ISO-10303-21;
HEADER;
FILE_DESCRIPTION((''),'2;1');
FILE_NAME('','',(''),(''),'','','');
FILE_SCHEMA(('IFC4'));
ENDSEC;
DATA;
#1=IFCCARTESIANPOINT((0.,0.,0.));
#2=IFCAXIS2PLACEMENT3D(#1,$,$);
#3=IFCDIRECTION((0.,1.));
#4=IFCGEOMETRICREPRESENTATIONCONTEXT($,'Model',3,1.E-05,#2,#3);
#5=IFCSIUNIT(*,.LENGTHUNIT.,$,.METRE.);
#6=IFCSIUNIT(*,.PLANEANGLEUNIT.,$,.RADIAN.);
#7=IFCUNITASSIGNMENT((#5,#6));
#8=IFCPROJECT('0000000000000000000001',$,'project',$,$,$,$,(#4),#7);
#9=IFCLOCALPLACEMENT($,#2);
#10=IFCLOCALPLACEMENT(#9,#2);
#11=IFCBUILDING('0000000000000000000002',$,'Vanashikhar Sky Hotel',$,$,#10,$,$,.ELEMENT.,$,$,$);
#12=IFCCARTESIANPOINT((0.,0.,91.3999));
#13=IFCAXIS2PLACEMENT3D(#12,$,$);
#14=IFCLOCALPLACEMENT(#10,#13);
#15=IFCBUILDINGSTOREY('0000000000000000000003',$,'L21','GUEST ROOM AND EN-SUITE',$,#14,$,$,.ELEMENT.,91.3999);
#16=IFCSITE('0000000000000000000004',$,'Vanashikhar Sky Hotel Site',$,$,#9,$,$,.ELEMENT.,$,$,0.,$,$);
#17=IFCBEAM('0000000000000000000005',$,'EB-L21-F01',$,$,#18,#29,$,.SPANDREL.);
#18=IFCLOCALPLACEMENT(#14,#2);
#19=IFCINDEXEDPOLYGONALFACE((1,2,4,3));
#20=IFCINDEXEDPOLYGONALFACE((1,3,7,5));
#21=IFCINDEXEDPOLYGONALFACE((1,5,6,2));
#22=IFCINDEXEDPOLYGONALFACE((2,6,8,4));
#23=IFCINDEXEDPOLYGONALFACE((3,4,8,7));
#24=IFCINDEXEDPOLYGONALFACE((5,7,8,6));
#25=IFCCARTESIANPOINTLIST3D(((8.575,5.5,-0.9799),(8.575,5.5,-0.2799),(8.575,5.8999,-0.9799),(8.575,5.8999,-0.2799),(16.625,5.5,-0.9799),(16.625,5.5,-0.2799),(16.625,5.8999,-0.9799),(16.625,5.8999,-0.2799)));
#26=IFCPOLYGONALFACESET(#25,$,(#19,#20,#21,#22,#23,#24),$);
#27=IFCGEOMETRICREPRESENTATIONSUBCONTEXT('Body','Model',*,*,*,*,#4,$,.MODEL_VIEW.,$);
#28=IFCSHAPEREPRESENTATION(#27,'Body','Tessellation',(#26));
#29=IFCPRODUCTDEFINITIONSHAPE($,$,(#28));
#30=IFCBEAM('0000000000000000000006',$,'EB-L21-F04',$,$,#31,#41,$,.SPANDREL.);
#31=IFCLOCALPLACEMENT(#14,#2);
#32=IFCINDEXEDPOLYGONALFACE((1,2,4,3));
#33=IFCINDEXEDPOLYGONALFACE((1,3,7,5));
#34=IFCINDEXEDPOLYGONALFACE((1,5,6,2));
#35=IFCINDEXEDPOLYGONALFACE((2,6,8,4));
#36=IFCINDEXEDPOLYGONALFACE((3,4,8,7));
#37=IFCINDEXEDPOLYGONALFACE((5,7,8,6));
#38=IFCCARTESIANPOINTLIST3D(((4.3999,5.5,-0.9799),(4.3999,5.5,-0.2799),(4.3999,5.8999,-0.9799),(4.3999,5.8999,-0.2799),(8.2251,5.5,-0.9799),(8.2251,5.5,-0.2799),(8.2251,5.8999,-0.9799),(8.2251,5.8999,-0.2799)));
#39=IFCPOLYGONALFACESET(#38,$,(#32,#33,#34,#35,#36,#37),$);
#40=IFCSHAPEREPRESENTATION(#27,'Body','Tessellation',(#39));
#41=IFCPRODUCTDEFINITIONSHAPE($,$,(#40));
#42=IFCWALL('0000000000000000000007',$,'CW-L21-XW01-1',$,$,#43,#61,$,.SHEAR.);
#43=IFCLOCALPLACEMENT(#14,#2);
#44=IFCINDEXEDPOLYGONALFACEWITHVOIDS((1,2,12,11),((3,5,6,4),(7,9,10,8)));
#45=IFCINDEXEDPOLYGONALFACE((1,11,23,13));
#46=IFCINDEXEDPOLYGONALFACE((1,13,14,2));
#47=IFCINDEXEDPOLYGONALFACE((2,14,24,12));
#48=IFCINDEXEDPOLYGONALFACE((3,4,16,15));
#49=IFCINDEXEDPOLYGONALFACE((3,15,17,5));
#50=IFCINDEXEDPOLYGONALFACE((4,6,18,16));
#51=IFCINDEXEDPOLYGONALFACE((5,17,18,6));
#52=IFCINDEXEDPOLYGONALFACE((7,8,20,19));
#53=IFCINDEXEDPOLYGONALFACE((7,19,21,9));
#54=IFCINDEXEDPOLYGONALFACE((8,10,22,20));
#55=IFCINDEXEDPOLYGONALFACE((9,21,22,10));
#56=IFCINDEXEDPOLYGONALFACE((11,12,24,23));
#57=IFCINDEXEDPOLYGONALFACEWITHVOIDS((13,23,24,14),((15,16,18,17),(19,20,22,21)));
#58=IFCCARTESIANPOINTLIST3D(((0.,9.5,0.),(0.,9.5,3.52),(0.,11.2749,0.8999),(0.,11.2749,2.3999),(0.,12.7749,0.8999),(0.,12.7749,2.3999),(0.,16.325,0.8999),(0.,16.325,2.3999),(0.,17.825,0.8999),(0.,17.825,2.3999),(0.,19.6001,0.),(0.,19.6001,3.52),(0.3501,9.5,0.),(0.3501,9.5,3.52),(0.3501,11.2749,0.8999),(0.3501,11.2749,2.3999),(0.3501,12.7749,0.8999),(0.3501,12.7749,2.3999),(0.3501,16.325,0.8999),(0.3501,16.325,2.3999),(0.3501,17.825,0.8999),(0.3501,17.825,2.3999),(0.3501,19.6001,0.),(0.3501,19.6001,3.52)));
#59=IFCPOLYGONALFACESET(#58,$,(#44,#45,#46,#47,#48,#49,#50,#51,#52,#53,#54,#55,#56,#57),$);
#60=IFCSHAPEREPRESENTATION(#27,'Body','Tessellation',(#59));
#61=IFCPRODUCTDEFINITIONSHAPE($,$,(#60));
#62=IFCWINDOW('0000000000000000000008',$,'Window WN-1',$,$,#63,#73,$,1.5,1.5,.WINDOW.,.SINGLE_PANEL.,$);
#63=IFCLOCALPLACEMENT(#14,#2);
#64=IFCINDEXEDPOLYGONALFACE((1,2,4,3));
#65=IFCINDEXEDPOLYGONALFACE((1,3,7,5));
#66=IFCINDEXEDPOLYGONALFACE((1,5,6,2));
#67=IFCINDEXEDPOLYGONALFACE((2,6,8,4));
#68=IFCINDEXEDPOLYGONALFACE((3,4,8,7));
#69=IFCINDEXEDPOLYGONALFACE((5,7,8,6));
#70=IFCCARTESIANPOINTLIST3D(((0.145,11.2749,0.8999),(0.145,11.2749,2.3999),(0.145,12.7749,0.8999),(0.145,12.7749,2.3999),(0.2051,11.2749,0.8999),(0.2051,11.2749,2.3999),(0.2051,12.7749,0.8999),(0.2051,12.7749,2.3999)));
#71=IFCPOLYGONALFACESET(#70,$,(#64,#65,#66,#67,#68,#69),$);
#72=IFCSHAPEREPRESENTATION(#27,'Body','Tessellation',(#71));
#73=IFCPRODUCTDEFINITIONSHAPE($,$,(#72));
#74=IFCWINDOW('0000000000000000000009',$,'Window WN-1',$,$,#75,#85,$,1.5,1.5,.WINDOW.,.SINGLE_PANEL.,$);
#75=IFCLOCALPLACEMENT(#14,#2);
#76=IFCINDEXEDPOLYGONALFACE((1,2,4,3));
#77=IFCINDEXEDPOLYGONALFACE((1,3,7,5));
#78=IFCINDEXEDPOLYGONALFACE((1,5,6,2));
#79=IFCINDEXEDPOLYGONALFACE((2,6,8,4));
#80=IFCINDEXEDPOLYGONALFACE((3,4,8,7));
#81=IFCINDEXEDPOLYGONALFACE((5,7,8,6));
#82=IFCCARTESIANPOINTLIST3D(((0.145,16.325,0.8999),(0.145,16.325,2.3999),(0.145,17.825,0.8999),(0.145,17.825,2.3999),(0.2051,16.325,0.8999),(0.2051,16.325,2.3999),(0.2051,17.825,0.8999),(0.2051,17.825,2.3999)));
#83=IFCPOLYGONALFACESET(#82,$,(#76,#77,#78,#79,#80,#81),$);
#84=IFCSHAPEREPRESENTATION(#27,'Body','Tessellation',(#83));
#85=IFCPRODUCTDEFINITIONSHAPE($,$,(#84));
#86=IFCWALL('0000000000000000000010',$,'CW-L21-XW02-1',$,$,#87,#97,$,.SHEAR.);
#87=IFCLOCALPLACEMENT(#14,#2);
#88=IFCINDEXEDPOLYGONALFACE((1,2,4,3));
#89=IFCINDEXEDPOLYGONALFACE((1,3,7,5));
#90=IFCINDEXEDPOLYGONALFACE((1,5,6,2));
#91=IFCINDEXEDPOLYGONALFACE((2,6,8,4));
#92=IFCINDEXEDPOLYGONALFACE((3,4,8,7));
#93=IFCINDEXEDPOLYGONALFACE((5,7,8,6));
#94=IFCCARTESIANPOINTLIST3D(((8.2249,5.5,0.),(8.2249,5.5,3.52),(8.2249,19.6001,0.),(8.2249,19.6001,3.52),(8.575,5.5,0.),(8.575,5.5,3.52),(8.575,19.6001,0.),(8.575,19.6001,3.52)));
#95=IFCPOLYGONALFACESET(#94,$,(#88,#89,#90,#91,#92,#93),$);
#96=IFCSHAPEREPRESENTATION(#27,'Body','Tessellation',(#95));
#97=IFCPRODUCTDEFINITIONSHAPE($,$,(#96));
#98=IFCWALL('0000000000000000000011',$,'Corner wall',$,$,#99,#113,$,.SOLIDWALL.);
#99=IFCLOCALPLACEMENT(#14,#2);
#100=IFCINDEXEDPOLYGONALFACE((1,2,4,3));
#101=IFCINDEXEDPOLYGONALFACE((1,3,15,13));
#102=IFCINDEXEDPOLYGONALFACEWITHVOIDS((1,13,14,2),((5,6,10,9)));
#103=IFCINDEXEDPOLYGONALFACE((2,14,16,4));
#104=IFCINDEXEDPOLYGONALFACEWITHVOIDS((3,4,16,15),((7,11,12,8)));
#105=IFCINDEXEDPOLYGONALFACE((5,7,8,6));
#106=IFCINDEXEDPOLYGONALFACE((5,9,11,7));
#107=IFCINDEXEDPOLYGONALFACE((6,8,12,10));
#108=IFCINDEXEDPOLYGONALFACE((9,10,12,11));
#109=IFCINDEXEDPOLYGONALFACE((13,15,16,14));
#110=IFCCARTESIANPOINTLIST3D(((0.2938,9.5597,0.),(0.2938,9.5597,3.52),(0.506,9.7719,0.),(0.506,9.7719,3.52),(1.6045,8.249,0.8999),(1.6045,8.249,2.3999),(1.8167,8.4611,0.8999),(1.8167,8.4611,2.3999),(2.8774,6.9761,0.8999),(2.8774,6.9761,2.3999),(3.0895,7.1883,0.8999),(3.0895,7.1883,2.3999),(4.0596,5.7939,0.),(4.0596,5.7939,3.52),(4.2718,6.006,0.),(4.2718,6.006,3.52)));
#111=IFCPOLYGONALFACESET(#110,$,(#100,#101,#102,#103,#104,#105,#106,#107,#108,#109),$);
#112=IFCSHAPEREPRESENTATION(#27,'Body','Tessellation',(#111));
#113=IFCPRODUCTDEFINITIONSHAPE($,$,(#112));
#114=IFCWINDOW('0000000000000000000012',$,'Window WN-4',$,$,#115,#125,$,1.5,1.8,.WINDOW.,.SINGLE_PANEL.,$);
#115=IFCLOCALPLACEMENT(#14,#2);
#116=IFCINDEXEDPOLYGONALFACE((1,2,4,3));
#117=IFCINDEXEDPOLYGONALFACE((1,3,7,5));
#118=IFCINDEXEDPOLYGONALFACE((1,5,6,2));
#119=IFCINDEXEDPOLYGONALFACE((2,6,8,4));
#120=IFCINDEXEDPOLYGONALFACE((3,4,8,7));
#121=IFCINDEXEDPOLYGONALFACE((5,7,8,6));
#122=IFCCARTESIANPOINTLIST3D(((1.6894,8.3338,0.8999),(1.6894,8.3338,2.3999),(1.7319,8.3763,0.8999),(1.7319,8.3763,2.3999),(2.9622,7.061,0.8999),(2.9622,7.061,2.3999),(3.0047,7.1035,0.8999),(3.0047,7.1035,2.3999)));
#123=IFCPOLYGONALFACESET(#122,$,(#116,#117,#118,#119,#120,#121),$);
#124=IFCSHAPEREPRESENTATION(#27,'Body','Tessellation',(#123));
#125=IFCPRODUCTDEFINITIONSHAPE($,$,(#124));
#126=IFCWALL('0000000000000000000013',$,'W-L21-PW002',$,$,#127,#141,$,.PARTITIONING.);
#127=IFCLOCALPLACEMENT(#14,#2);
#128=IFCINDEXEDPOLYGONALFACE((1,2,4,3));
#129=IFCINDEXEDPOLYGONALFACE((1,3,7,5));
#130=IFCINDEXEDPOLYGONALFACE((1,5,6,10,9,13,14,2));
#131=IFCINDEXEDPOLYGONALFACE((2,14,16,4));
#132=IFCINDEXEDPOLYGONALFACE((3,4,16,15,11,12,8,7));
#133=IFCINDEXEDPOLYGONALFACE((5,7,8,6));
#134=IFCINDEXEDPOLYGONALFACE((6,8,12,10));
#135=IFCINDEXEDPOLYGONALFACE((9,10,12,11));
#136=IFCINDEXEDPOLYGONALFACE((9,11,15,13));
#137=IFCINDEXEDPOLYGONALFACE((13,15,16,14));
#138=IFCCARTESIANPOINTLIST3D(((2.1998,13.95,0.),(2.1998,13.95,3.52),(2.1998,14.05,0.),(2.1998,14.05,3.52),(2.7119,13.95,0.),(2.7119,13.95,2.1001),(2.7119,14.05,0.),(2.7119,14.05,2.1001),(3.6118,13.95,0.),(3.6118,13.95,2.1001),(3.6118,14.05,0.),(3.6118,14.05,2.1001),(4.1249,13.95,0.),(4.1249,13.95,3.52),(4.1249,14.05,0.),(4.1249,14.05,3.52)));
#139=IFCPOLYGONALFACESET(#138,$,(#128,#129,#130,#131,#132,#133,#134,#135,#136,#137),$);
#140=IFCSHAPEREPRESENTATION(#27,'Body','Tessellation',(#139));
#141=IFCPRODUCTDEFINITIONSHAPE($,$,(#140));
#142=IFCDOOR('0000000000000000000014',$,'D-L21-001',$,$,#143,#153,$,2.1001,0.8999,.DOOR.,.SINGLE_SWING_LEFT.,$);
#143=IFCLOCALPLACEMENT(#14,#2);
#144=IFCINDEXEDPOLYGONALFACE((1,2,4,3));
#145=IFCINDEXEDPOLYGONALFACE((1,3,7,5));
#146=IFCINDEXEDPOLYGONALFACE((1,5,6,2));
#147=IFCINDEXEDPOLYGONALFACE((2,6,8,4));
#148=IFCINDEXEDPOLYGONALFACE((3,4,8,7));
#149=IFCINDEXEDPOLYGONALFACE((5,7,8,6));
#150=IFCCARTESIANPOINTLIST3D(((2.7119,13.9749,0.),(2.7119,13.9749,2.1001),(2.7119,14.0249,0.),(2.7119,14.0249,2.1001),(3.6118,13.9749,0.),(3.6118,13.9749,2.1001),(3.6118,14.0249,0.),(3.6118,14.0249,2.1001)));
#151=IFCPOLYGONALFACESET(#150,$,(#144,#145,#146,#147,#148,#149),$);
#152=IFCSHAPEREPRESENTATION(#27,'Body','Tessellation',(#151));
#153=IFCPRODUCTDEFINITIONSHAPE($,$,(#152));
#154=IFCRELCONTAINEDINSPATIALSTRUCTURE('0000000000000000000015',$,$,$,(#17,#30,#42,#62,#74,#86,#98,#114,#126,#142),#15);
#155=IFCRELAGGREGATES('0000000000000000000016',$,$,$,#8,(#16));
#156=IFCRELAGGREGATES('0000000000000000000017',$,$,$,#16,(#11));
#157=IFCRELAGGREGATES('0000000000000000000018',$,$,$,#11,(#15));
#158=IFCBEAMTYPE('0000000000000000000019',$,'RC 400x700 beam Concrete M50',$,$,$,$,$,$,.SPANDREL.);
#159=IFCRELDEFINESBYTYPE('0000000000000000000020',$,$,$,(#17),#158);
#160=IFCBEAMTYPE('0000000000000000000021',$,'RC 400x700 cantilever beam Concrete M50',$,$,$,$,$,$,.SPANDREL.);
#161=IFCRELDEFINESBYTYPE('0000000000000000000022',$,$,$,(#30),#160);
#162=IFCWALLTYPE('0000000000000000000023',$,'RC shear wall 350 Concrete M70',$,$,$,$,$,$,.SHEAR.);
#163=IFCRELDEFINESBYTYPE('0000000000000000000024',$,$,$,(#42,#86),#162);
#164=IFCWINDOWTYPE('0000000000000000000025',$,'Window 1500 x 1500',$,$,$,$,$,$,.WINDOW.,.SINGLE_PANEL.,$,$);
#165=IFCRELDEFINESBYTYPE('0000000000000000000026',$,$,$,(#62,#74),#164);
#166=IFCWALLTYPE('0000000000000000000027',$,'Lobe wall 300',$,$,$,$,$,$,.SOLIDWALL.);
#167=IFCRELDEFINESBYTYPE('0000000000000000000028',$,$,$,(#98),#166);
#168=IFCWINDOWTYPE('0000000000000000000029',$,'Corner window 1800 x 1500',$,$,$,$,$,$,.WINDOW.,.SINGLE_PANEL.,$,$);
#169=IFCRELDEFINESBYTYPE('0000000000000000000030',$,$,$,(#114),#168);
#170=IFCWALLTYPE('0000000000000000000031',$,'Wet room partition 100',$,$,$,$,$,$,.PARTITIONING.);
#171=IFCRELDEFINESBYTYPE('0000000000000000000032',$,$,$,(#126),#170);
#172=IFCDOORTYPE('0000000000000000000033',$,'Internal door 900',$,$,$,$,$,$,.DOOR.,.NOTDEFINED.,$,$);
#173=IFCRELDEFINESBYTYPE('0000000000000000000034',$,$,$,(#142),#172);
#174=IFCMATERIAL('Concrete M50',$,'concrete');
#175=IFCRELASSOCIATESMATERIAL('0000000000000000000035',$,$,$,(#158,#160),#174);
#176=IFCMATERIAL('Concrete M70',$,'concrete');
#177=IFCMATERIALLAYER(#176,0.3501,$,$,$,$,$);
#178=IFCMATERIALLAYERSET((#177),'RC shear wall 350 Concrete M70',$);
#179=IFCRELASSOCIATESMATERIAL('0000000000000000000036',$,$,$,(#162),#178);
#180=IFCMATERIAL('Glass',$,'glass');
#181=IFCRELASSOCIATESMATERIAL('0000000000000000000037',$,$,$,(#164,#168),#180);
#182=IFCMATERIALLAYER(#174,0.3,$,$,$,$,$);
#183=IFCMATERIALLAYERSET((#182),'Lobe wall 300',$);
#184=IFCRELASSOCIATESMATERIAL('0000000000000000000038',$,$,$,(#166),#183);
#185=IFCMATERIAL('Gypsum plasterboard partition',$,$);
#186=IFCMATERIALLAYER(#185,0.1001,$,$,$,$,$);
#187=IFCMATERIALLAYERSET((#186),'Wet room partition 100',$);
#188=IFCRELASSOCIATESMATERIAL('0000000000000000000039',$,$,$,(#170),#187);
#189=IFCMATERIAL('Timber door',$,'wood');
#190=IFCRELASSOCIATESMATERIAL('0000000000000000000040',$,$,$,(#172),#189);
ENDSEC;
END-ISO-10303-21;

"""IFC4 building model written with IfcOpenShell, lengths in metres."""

from ifc_helpers import new_model, si_unit, direction, frame, frame_2d, origin, origin_2d, place, context, subcontext, project, spatial, rectangle, extrude, source, transform, mapped, material, layer, layer_set, material_profile, profile_set, type_object, element, fill, save


model = new_model("IFC4")

# Units and contexts
model_context = context("Model", 3, precision=1e-05, world=origin(), true_north=direction((0.0, 1.0)))
body_context = subcontext(model_context, "Body", "Model", "MODEL_VIEW")
ifc_project = project(units=[si_unit("LENGTHUNIT", "METRE"), si_unit("PLANEANGLEUNIT", "RADIAN")], contexts=[model_context])

# Site, building, storey
site_placement = place(None, origin())
site = spatial("IfcSite", under=ifc_project, at=site_placement, Name="Vanashikhar Sky Hotel Site", CompositionType="ELEMENT", RefElevation=0.0)
building_placement = place(site_placement, origin())
building = spatial("IfcBuilding", under=site, at=building_placement, Name="Vanashikhar Sky Hotel", CompositionType="ELEMENT")
storey_placement = place(building_placement, frame((0.0, 0.0, 91.3999)))
storey = spatial("IfcBuildingStorey", under=building, at=storey_placement, Name="L21", Description="GUEST ROOM AND EN-SUITE", CompositionType="ELEMENT", Elevation=91.3999)

# Beams
ifc_material_1 = material(Name="Concrete M50", Category="concrete")
ifc_material_profile_1 = material_profile(ifc_material_1, rectangle(XDim=0.3999, YDim=0.7, at=origin_2d()))
ifc_profile_set_1 = profile_set([ifc_material_profile_1], Name="RC 400x700 beam Concrete M50")
beam_type_1 = type_object("IfcBeamType", Name="RC 400x700 beam Concrete M50", PredefinedType="SPANDREL", material=ifc_profile_set_1)
shared_shape_1 = source(origin(), body_context, "Body", "SweptSolid", [
    extrude(rectangle(XDim=0.3999, YDim=0.7, at=origin_2d()), origin(), (0.0, 0.0, 1.0), 8.05),
])
beam_1_placement = place(storey_placement, frame((8.575, 5.7, -0.6299), z_axis=(1.0, 0.0, 0.0), x_axis=(0.0, 1.0, 0.0)))
element("IfcBeam", 1, at=beam_1_placement, inside=storey, type_object=beam_type_1, Name="EB-L21-F01", PredefinedType="SPANDREL", context=body_context, shape_type="MappedRepresentation", body=[
    mapped(shared_shape_1, transform((0.0, 0.0, 0.0), scale=1.0)),
])
ifc_material_profile_2 = material_profile(ifc_material_1, rectangle(XDim=0.3999, YDim=0.7, at=origin_2d()))
ifc_profile_set_2 = profile_set([ifc_material_profile_2], Name="RC 400x700 cantilever beam Concrete M50")
beam_type_2 = type_object("IfcBeamType", Name="RC 400x700 cantilever beam Concrete M50", PredefinedType="SPANDREL", material=ifc_profile_set_2)
shared_shape_2 = source(origin(), body_context, "Body", "SweptSolid", [
    extrude(rectangle(XDim=0.3999, YDim=0.7, at=origin_2d()), origin(), (0.0, 0.0, 1.0), 3.8252),
])
beam_2_placement = place(storey_placement, frame((4.3999, 5.7, -0.6299), z_axis=(1.0, 0.0, 0.0), x_axis=(0.0, 1.0, 0.0)))
element("IfcBeam", 2, at=beam_2_placement, inside=storey, type_object=beam_type_2, Name="EB-L21-F04", PredefinedType="SPANDREL", context=body_context, shape_type="MappedRepresentation", body=[
    mapped(shared_shape_2, transform((0.0, 0.0, 0.0), scale=1.0)),
])

# Wall, openings, windows
ifc_material_2 = material(Name="Concrete M70", Category="concrete")
ifc_layer_1 = layer(ifc_material_2, 0.3501)
ifc_layer_set_1 = layer_set([ifc_layer_1], Name="RC shear wall 350 Concrete M70")
wall_type_1 = type_object("IfcWallType", Name="RC shear wall 350 Concrete M70", PredefinedType="SHEAR", material=ifc_layer_set_1)
shared_shape_3 = source(origin(), body_context, "Body", "SweptSolid", [
    extrude(rectangle(XDim=10.1001, YDim=0.3501, at=frame_2d((5.05, 0.0))), origin(), (0.0, 0.0, 1.0), 3.52),
])
wall_1_placement = place(storey_placement, frame((0.175, 9.5, 0.0), z_axis=(0.0, 0.0, 1.0), x_axis=(0.0, 1.0, 0.0)))
wall_1 = element("IfcWall", 3, at=wall_1_placement, inside=storey, type_object=wall_type_1, Name="CW-L21-XW01-1", PredefinedType="SHEAR", context=body_context, shape_type="MappedRepresentation", body=[
    mapped(shared_shape_3, transform((0.0, 0.0, 0.0), scale=1.0)),
])
shared_shape_4 = source(origin(), body_context, "Body", "SweptSolid", [
    extrude(rectangle(XDim=1.5, YDim=1.5, at=frame_2d((0.75, 0.75))), frame((0.0, 0.1851, 0.0), z_axis=(0.0, -1.0, 0.0), x_axis=(1.0, 0.0, 0.0)), (0.0, 0.0, 1.0), 0.3701),
])
opening_1_placement = place(wall_1_placement, frame((1.7749, 0.0, 0.8999)))
opening_1 = element("IfcOpeningElement", 4, at=opening_1_placement, cuts=wall_1, PredefinedType="OPENING", context=body_context, shape_type="MappedRepresentation", body=[
    mapped(shared_shape_4, transform((0.0, 0.0, 0.0), scale=1.0)),
])
opening_2_placement = place(wall_1_placement, frame((6.825, 0.0, 0.8999)))
opening_2 = element("IfcOpeningElement", 5, at=opening_2_placement, cuts=wall_1, PredefinedType="OPENING", context=body_context, shape_type="MappedRepresentation", body=[
    mapped(shared_shape_4, transform((0.0, 0.0, 0.0), scale=1.0)),
])
ifc_material_3 = material(Name="Glass", Category="glass")
window_type_1 = type_object("IfcWindowType", Name="Window 1500 x 1500", PartitioningType="SINGLE_PANEL", PredefinedType="WINDOW", material=ifc_material_3)
shared_shape_5 = source(origin(), body_context, "Body", "SweptSolid", [
    extrude(rectangle(XDim=1.5, YDim=1.5, at=frame_2d((0.75, 0.75))), frame((0.0, 0.03, 0.0), z_axis=(0.0, -1.0, 0.0), x_axis=(1.0, 0.0, 0.0)), (0.0, 0.0, 1.0), 0.0601),
])
window_1_placement = place(opening_1_placement, origin())
window_1 = element("IfcWindow", 6, at=window_1_placement, inside=storey, type_object=window_type_1, Name="Window WN-1", OverallHeight=1.5, OverallWidth=1.5, PartitioningType="SINGLE_PANEL", PredefinedType="WINDOW", context=body_context, shape_type="MappedRepresentation", body=[
    mapped(shared_shape_5, transform((0.0, 0.0, 0.0), scale=1.0)),
])
fill(opening_1, window_1)
window_2_placement = place(opening_2_placement, origin())
window_2 = element("IfcWindow", 7, at=window_2_placement, inside=storey, type_object=window_type_1, Name="Window WN-1", OverallHeight=1.5, OverallWidth=1.5, PartitioningType="SINGLE_PANEL", PredefinedType="WINDOW", context=body_context, shape_type="MappedRepresentation", body=[
    mapped(shared_shape_5, transform((0.0, 0.0, 0.0), scale=1.0)),
])
fill(opening_2, window_2)

# Wall
shared_shape_6 = source(origin(), body_context, "Body", "SweptSolid", [
    extrude(rectangle(XDim=14.1001, YDim=0.3501, at=frame_2d((7.05, 0.0))), origin(), (0.0, 0.0, 1.0), 3.52),
])
wall_2_placement = place(storey_placement, frame((8.3999, 5.5, 0.0), z_axis=(0.0, 0.0, 1.0), x_axis=(0.0, 1.0, 0.0)))
element("IfcWall", 8, at=wall_2_placement, inside=storey, type_object=wall_type_1, Name="CW-L21-XW02-1", PredefinedType="SHEAR", context=body_context, shape_type="MappedRepresentation", body=[
    mapped(shared_shape_6, transform((0.0, 0.0, 0.0), scale=1.0)),
])

# Wall, opening, window
ifc_layer_2 = layer(ifc_material_1, 0.3)
ifc_layer_set_2 = layer_set([ifc_layer_2], Name="Lobe wall 300")
wall_type_2 = type_object("IfcWallType", Name="Lobe wall 300", PredefinedType="SOLIDWALL", material=ifc_layer_set_2)
shared_shape_7 = source(origin(), body_context, "Body", "SweptSolid", [
    extrude(rectangle(XDim=5.3257, YDim=0.3, at=frame_2d((2.6628, 0.0))), origin(), (0.0, 0.0, 1.0), 3.52),
])
wall_3_placement = place(storey_placement, frame((0.3999, 9.6658, 0.0), z_axis=(0.0, 0.0, 1.0), x_axis=(0.707107, -0.707107, 0.0)))
wall_3 = element("IfcWall", 9, at=wall_3_placement, inside=storey, type_object=wall_type_2, Name="Corner wall", PredefinedType="SOLIDWALL", context=body_context, shape_type="MappedRepresentation", body=[
    mapped(shared_shape_7, transform((0.0, 0.0, 0.0), scale=1.0)),
])
shared_shape_8 = source(origin(), body_context, "Body", "SweptSolid", [
    extrude(rectangle(XDim=1.8, YDim=1.5, at=frame_2d((0.8999, 0.75))), frame((0.0, 0.1602, 0.0), z_axis=(0.0, -1.0, 0.0), x_axis=(1.0, 0.0, 0.0)), (0.0, 0.0, 1.0), 0.3201),
])
opening_3_placement = place(wall_3_placement, frame((1.8538, 0.0, 0.8999)))
opening_3 = element("IfcOpeningElement", 10, at=opening_3_placement, cuts=wall_3, PredefinedType="OPENING", context=body_context, shape_type="MappedRepresentation", body=[
    mapped(shared_shape_8, transform((0.0, 0.0, 0.0), scale=1.0)),
])
window_type_2 = type_object("IfcWindowType", Name="Corner window 1800 x 1500", PartitioningType="SINGLE_PANEL", PredefinedType="WINDOW", material=ifc_material_3)
shared_shape_9 = source(origin(), body_context, "Body", "SweptSolid", [
    extrude(rectangle(XDim=1.8, YDim=1.5, at=frame_2d((0.8999, 0.75))), frame((0.0, 0.03, 0.0), z_axis=(0.0, -1.0, 0.0), x_axis=(1.0, 0.0, 0.0)), (0.0, 0.0, 1.0), 0.0601),
])
window_3_placement = place(opening_3_placement, origin())
window_3 = element("IfcWindow", 11, at=window_3_placement, inside=storey, type_object=window_type_2, Name="Window WN-4", OverallHeight=1.5, OverallWidth=1.8, PartitioningType="SINGLE_PANEL", PredefinedType="WINDOW", context=body_context, shape_type="MappedRepresentation", body=[
    mapped(shared_shape_9, transform((0.0, 0.0, 0.0), scale=1.0)),
])
fill(opening_3, window_3)

# Wall, opening, door
ifc_material_4 = material(Name="Gypsum plasterboard partition")
ifc_layer_3 = layer(ifc_material_4, 0.1001)
ifc_layer_set_3 = layer_set([ifc_layer_3], Name="Wet room partition 100")
wall_type_3 = type_object("IfcWallType", Name="Wet room partition 100", PredefinedType="PARTITIONING", material=ifc_layer_set_3)
shared_shape_10 = source(origin(), body_context, "Body", "SweptSolid", [
    extrude(rectangle(XDim=1.925, YDim=0.1001, at=frame_2d((0.9624, 0.0))), origin(), (0.0, 0.0, 1.0), 3.52),
])
wall_4_placement = place(storey_placement, frame((2.2, 14.0, 0.0), z_axis=(0.0, 0.0, 1.0), x_axis=(1.0, 0.0, 0.0)))
wall_4 = element("IfcWall", 12, at=wall_4_placement, inside=storey, type_object=wall_type_3, Name="W-L21-PW002", PredefinedType="PARTITIONING", context=body_context, shape_type="MappedRepresentation", body=[
    mapped(shared_shape_10, transform((0.0, 0.0, 0.0), scale=1.0)),
])
shared_shape_11 = source(origin(), body_context, "Body", "SweptSolid", [
    extrude(rectangle(XDim=0.8999, YDim=2.1001, at=frame_2d((0.45, 1.05))), frame((0.0, 0.0601, 0.0), z_axis=(0.0, -1.0, 0.0), x_axis=(1.0, 0.0, 0.0)), (0.0, 0.0, 1.0), 0.1201),
])
opening_4_placement = place(wall_4_placement, frame((0.512, 0.0, 0.0)))
opening_4 = element("IfcOpeningElement", 13, at=opening_4_placement, cuts=wall_4, PredefinedType="OPENING", context=body_context, shape_type="MappedRepresentation", body=[
    mapped(shared_shape_11, transform((0.0, 0.0, 0.0), scale=1.0)),
])
ifc_material_5 = material(Name="Timber door", Category="wood")
door_type_1 = type_object("IfcDoorType", Name="Internal door 900", OperationType="NOTDEFINED", PredefinedType="DOOR", material=ifc_material_5)
shared_shape_12 = source(origin(), body_context, "Body", "SweptSolid", [
    extrude(rectangle(XDim=0.8999, YDim=2.1001, at=frame_2d((0.45, 1.05))), frame((0.0, 0.0249, 0.0), z_axis=(0.0, -1.0, 0.0), x_axis=(1.0, 0.0, 0.0)), (0.0, 0.0, 1.0), 0.05),
])
door_1_placement = place(opening_4_placement, origin())
door_1 = element("IfcDoor", 14, at=door_1_placement, inside=storey, type_object=door_type_1, Name="D-L21-001", OperationType="SINGLE_SWING_LEFT", OverallHeight=2.1001, OverallWidth=0.8999, PredefinedType="DOOR", context=body_context, shape_type="MappedRepresentation", body=[
    mapped(shared_shape_12, transform((0.0, 0.0, 0.0), scale=1.0)),
])
fill(opening_4, door_1)

save(model, "model.ifc")
